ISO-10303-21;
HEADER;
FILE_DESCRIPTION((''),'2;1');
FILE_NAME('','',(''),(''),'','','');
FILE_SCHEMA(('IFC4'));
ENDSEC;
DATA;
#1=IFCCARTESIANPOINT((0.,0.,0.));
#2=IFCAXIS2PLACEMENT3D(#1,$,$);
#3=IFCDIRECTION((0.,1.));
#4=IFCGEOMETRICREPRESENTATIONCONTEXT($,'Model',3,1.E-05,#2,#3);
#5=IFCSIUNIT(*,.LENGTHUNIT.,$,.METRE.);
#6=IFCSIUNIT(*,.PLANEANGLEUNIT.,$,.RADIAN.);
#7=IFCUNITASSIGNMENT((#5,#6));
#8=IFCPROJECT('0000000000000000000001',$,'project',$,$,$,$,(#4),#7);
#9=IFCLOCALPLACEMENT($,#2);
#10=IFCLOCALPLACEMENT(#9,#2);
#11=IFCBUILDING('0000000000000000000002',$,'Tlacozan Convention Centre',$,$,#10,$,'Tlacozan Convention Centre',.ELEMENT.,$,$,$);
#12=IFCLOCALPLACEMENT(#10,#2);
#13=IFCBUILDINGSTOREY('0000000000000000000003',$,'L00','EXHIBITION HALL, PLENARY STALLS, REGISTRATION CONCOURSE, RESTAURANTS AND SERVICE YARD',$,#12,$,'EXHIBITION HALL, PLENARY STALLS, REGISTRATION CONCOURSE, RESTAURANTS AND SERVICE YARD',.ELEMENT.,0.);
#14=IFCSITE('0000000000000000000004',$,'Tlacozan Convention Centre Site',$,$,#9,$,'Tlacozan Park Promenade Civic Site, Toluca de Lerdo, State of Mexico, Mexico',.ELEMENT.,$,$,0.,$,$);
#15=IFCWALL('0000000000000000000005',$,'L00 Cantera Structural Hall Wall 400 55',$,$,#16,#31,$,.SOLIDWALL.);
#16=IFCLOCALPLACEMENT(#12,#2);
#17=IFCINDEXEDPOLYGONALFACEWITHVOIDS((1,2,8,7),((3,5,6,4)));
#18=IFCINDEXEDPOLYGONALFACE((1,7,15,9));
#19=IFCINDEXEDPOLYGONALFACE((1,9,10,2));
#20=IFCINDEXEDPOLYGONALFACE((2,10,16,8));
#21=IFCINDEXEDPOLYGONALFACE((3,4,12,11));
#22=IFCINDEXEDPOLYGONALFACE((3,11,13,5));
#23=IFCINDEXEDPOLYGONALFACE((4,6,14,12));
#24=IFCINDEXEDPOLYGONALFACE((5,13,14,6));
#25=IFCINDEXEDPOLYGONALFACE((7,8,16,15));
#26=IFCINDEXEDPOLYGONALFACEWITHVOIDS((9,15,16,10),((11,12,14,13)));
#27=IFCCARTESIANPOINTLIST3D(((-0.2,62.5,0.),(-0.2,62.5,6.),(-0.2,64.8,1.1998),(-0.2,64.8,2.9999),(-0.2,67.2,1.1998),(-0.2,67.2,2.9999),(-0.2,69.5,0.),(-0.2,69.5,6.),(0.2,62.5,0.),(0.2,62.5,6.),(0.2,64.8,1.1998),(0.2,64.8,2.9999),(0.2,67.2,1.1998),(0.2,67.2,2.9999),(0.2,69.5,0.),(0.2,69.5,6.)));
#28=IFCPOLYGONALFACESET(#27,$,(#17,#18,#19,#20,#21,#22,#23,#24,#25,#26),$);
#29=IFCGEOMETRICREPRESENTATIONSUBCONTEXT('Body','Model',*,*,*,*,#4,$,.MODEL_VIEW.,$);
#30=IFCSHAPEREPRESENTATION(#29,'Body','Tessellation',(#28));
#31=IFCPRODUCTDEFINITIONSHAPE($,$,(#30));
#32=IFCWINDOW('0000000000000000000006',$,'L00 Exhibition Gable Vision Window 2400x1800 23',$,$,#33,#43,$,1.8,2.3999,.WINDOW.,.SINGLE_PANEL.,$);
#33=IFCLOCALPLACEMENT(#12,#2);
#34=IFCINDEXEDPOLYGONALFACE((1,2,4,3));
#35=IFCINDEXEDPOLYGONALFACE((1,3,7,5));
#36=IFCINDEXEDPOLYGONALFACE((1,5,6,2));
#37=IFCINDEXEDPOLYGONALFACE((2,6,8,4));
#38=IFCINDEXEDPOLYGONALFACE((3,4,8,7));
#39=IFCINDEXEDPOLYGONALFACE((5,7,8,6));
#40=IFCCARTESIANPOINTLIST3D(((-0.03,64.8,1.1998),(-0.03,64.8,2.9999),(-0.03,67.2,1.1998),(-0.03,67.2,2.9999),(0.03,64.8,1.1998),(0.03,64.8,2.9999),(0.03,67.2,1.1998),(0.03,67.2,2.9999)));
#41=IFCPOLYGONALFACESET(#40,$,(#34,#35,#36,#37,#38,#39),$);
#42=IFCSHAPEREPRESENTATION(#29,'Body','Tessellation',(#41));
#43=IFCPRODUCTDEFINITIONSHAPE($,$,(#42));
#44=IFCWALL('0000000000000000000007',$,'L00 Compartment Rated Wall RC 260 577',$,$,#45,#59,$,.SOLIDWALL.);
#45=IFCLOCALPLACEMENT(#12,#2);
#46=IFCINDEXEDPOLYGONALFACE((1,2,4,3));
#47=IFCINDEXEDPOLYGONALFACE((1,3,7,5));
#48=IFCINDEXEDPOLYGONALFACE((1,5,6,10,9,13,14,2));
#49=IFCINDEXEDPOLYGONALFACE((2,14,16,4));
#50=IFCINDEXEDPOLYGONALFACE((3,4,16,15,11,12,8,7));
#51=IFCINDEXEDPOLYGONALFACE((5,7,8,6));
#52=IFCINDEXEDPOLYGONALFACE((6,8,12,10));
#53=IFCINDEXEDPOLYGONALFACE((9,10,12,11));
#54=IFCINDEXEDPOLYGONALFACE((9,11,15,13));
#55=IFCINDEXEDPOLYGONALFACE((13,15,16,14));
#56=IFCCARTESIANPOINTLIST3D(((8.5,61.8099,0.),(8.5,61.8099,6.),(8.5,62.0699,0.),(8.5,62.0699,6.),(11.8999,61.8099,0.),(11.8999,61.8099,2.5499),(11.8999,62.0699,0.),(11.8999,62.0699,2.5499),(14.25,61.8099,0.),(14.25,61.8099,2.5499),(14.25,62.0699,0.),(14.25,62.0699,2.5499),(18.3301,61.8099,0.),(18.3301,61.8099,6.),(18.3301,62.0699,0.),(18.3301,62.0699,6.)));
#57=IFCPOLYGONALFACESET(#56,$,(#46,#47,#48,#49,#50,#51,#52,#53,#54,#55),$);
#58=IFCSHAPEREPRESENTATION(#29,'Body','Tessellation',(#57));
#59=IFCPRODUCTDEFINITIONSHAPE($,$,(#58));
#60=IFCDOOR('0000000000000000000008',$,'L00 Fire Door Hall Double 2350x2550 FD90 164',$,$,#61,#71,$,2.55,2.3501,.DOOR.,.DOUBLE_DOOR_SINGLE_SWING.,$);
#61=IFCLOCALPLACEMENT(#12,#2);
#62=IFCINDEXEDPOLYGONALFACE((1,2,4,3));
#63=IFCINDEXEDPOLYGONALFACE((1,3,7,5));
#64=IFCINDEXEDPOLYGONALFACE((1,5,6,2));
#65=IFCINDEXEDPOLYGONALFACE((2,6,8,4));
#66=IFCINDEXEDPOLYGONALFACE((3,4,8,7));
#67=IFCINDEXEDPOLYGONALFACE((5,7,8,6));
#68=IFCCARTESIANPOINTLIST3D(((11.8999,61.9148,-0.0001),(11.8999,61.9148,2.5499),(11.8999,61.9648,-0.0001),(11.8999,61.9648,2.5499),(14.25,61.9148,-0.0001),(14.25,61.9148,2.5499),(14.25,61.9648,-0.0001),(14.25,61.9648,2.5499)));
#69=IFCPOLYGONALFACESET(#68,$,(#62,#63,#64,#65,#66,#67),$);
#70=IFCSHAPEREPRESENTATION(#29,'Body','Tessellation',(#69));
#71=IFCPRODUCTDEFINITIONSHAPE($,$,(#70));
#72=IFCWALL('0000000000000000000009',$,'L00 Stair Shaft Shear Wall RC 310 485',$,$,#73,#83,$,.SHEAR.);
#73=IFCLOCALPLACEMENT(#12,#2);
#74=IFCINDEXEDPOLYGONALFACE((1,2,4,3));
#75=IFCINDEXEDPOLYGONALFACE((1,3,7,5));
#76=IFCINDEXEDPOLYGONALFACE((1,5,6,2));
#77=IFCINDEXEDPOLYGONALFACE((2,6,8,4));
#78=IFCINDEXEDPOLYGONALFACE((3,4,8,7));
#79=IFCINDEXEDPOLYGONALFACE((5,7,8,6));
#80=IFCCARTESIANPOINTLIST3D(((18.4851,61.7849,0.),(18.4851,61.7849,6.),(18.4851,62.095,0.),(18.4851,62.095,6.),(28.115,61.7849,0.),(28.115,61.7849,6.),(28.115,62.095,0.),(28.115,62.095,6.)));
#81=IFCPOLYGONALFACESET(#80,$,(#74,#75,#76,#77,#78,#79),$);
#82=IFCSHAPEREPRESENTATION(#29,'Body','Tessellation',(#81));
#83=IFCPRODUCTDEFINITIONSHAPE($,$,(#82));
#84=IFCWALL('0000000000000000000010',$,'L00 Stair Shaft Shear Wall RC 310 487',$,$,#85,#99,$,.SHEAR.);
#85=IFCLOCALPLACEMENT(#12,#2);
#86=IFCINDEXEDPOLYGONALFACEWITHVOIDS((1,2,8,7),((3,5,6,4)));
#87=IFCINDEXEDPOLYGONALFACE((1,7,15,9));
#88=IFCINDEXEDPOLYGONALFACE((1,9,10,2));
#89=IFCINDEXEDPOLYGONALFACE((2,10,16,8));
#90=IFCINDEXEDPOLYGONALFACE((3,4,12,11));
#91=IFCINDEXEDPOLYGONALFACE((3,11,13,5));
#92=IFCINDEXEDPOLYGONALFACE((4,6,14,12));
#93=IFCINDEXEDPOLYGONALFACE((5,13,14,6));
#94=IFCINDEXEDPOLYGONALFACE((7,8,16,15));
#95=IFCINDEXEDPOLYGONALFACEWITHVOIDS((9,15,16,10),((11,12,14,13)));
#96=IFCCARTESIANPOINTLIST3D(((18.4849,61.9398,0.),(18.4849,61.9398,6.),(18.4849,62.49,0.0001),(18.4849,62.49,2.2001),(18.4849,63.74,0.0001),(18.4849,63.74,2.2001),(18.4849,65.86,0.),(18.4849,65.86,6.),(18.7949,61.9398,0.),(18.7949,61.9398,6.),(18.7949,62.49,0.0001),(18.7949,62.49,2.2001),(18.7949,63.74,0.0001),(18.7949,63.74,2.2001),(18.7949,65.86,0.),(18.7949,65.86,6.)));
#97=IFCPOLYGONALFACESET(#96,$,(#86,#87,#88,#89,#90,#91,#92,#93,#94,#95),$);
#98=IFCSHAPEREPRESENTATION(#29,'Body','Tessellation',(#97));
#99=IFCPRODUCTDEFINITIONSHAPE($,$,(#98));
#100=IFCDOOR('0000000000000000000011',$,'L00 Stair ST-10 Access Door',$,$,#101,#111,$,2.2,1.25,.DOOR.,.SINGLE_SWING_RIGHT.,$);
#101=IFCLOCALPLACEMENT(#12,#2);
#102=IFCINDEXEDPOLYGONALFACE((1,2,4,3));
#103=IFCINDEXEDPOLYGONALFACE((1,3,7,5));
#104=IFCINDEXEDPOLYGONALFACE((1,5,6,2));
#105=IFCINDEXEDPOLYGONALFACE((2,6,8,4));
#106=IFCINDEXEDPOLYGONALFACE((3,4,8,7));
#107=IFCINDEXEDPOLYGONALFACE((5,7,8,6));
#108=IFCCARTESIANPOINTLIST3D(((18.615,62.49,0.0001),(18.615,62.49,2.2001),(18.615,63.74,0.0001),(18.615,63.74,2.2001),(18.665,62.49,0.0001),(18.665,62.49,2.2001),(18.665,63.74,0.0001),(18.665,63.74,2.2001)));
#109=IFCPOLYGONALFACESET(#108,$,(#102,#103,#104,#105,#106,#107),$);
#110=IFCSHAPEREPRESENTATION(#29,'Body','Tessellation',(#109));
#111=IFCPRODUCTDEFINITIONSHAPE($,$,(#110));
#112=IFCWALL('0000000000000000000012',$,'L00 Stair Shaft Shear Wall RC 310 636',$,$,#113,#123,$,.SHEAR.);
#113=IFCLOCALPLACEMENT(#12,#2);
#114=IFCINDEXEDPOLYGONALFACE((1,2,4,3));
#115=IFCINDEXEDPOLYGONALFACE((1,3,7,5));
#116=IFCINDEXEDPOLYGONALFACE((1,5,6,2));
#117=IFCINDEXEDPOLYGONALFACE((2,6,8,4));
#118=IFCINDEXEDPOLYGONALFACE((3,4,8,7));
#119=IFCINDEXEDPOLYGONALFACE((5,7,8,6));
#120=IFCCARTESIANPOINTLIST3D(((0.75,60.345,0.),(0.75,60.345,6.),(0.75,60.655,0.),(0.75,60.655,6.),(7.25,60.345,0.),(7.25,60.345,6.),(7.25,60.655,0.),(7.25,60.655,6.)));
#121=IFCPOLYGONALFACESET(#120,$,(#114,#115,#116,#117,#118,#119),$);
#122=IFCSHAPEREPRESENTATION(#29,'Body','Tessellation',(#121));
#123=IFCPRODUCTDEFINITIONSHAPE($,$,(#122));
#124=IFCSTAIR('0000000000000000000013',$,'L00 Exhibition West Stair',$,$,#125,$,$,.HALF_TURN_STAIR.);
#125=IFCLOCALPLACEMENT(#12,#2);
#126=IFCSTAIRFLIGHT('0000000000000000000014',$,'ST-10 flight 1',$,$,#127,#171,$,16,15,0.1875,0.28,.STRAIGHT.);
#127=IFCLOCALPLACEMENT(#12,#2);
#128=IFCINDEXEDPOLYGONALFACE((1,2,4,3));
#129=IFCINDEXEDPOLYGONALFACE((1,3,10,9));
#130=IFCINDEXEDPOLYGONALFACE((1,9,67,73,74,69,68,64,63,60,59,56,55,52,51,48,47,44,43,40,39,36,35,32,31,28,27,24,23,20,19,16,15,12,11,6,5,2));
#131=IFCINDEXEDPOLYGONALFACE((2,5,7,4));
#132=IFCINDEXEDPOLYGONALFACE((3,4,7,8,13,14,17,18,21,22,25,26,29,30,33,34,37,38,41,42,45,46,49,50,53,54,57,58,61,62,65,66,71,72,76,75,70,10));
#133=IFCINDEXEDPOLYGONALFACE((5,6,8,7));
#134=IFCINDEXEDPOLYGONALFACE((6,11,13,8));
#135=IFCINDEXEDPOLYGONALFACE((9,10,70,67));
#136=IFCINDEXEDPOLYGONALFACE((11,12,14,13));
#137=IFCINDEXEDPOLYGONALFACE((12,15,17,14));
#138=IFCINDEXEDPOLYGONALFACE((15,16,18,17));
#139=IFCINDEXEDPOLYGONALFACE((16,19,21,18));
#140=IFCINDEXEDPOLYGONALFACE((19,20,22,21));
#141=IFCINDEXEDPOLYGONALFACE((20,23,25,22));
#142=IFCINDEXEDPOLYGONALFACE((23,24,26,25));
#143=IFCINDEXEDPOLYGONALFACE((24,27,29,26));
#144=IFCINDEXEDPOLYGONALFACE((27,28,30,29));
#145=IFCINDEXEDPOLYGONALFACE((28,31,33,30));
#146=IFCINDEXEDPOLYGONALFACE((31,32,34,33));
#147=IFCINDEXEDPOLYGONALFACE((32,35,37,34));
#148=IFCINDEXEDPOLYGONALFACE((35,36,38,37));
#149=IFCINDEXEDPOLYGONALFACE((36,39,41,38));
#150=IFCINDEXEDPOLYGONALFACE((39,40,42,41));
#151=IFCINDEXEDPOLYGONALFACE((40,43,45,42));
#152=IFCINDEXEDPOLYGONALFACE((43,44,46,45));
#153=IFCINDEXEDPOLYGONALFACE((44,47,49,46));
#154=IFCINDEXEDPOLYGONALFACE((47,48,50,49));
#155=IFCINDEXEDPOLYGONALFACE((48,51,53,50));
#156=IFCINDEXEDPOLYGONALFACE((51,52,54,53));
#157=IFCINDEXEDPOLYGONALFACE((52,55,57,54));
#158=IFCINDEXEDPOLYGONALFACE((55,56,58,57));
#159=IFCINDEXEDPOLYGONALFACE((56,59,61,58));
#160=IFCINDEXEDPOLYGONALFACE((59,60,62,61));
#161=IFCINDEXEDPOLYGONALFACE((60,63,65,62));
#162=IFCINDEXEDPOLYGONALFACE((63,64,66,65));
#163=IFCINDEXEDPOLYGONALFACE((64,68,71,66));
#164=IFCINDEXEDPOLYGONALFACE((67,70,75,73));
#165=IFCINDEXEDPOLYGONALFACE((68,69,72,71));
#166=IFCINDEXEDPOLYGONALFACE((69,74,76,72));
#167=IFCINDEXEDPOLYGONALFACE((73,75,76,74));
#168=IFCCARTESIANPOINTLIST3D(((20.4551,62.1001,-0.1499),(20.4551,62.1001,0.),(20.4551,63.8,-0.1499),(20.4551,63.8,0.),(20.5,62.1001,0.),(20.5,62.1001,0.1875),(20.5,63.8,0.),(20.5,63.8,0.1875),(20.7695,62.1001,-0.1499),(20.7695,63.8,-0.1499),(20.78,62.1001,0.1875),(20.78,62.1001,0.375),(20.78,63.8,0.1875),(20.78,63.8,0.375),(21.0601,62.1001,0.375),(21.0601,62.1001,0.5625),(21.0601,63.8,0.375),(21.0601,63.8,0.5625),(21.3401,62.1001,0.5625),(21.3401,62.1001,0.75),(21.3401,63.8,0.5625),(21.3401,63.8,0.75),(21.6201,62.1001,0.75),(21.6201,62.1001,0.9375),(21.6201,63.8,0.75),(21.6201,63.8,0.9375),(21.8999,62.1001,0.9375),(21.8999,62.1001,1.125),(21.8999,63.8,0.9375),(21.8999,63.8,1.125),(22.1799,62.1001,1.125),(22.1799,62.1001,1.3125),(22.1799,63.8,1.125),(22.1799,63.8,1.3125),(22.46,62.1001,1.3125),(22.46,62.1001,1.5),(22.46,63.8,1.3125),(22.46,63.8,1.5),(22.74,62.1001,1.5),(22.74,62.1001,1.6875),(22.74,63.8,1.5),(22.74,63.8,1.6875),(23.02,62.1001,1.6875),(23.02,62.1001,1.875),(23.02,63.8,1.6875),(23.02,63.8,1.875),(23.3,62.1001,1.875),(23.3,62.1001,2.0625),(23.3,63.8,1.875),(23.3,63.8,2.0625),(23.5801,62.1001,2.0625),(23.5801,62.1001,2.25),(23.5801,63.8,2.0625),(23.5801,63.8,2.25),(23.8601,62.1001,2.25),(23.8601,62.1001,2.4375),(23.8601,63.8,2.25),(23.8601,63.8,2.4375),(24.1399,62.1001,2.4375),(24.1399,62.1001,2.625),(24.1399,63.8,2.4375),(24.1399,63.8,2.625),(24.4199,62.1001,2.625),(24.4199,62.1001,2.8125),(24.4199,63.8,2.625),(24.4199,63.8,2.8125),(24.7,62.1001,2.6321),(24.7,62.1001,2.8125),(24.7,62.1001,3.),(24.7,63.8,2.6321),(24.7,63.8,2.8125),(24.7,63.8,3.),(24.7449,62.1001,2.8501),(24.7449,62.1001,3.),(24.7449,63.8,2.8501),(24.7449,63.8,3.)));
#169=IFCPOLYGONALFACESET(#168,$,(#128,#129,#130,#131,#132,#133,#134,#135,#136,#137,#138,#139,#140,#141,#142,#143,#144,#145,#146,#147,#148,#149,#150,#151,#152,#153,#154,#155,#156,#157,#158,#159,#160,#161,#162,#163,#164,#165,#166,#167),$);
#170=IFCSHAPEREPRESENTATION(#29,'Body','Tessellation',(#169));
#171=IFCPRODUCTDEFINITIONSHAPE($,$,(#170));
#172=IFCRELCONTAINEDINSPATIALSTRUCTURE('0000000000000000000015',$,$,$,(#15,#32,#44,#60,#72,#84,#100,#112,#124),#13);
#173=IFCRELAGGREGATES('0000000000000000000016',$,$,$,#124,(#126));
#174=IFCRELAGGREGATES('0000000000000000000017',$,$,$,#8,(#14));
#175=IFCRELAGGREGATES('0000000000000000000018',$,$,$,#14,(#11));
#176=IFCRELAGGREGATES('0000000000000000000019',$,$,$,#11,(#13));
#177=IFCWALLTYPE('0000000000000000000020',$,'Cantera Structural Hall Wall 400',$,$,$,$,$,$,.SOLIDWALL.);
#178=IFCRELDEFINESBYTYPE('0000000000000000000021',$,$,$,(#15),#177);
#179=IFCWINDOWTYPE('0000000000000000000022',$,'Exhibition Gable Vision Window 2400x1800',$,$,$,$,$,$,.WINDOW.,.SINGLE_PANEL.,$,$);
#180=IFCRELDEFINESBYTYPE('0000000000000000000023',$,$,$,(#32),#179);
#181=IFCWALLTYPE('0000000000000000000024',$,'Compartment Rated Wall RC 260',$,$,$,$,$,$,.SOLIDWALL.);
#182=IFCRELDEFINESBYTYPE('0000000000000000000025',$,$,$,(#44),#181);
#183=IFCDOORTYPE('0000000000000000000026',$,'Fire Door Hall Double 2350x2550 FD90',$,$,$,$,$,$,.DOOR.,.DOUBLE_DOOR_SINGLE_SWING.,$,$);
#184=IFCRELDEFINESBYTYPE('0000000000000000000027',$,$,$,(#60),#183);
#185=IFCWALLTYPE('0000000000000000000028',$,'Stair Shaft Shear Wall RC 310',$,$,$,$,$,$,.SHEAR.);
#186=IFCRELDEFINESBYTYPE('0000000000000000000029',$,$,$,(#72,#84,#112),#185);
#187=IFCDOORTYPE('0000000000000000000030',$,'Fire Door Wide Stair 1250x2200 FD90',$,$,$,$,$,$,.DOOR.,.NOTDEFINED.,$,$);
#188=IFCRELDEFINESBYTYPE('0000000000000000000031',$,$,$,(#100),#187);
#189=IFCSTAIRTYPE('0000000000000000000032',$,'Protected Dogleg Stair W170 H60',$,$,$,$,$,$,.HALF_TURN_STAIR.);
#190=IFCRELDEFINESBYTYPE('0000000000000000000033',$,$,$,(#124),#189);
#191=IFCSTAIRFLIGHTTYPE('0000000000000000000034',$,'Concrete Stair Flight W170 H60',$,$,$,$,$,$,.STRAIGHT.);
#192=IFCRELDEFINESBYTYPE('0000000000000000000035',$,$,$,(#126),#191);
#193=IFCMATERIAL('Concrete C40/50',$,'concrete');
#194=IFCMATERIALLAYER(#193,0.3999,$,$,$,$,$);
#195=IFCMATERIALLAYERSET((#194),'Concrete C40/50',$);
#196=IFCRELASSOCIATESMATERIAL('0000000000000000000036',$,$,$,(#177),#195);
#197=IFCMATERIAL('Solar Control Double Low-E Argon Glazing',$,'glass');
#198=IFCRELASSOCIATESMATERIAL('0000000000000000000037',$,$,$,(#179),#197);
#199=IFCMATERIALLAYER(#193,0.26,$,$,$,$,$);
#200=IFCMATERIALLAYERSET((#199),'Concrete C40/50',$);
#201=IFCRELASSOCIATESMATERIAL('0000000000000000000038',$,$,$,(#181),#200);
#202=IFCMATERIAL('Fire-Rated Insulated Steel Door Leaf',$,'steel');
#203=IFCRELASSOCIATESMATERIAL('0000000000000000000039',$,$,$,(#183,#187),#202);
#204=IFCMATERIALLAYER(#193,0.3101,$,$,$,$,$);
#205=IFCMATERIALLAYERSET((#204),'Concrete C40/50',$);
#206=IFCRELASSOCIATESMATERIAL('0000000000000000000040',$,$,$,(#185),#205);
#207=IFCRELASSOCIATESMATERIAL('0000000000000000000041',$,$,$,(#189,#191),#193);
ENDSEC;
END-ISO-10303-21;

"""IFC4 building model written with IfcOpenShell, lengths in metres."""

from ifc_helpers import new_model, si_unit, direction, frame, frame_2d, origin, place, context, subcontext, project, spatial, polyline, rectangle, outline, extrude, material, layer, layer_set, type_object, element, fill, aggregate, save


model = new_model("IFC4")

# Units and contexts
model_context = context("Model", 3, precision=1e-05, world=origin(), true_north=direction((0.0, 1.0)))
body_context = subcontext(model_context, "Body", "Model", "MODEL_VIEW")
ifc_project = project(units=[si_unit("LENGTHUNIT", "METRE"), si_unit("PLANEANGLEUNIT", "RADIAN")], contexts=[model_context])

# Site, building, storey
site_placement = place(None, origin())
site = spatial("IfcSite", under=ifc_project, at=site_placement, Name="Tlacozan Convention Centre Site", LongName="Tlacozan Park Promenade Civic Site, Toluca de Lerdo, State of Mexico, Mexico", CompositionType="ELEMENT", RefElevation=0.0)
building_placement = place(site_placement, origin())
building = spatial("IfcBuilding", under=site, at=building_placement, Name="Tlacozan Convention Centre", LongName="Tlacozan Convention Centre", CompositionType="ELEMENT")
storey_placement = place(building_placement, origin())
storey = spatial("IfcBuildingStorey", under=building, at=storey_placement, Name="L00", Description="EXHIBITION HALL, PLENARY STALLS, REGISTRATION CONCOURSE, RESTAURANTS AND SERVICE YARD", LongName="EXHIBITION HALL, PLENARY STALLS, REGISTRATION CONCOURSE, RESTAURANTS AND SERVICE YARD", CompositionType="ELEMENT", Elevation=0.0)

# Shared definitions
ifc_material_1 = material(Name="Concrete C40/50", Category="concrete")

# Wall, opening, window
ifc_layer_1 = layer(ifc_material_1, 0.3999)
ifc_layer_set_1 = layer_set([ifc_layer_1], Name="Concrete C40/50")
wall_type_1 = type_object("IfcWallType", Name="Cantera Structural Hall Wall 400", PredefinedType="SOLIDWALL", material=ifc_layer_set_1)
wall_1_placement = place(storey_placement, frame((0.0, 62.5, 0.0), z_axis=(0.0, 0.0, 1.0), x_axis=(0.0, 1.0, 0.0)))
wall_1 = element("IfcWall", 1, at=wall_1_placement, inside=storey, type_object=wall_type_1, Name="L00 Cantera Structural Hall Wall 400 55", PredefinedType="SOLIDWALL", context=body_context, shape_type="SweptSolid", body=[
    extrude(rectangle(XDim=7.0, YDim=0.3999, at=frame_2d((3.5, 0.0))), origin(), (0.0, 0.0, 1.0), 6.0),
])
opening_1_placement = place(wall_1_placement, frame((2.3, 0.0, 1.2)))
opening_1 = element("IfcOpeningElement", 2, at=opening_1_placement, cuts=wall_1, PredefinedType="OPENING", context=body_context, shape_type="SweptSolid", body=[
    extrude(rectangle(XDim=2.3999, YDim=1.8, at=frame_2d((1.2, 0.8999))), frame((0.0, 0.21, 0.0), z_axis=(0.0, -1.0, 0.0), x_axis=(1.0, 0.0, 0.0)), (0.0, 0.0, 1.0), 0.4199),
])
ifc_material_2 = material(Name="Solar Control Double Low-E Argon Glazing", Category="glass")
window_type = type_object("IfcWindowType", Name="Exhibition Gable Vision Window 2400x1800", PartitioningType="SINGLE_PANEL", PredefinedType="WINDOW", material=ifc_material_2)
window_placement = place(opening_1_placement, origin())
window = element("IfcWindow", 3, at=window_placement, inside=storey, type_object=window_type, Name="L00 Exhibition Gable Vision Window 2400x1800 23", OverallHeight=1.8, OverallWidth=2.3999, PartitioningType="SINGLE_PANEL", PredefinedType="WINDOW", context=body_context, shape_type="SweptSolid", body=[
    extrude(rectangle(XDim=2.3999, YDim=1.8, at=frame_2d((1.2, 0.8999))), frame((0.0, 0.03, 0.0), z_axis=(0.0, -1.0, 0.0), x_axis=(1.0, 0.0, 0.0)), (0.0, 0.0, 1.0), 0.0601),
])
fill(opening_1, window)

# Wall, opening, door
ifc_layer_2 = layer(ifc_material_1, 0.26)
ifc_layer_set_2 = layer_set([ifc_layer_2], Name="Concrete C40/50")
wall_type_2 = type_object("IfcWallType", Name="Compartment Rated Wall RC 260", PredefinedType="SOLIDWALL", material=ifc_layer_set_2)
wall_2_placement = place(storey_placement, frame((8.5, 61.9399, 0.0), z_axis=(0.0, 0.0, 1.0), x_axis=(1.0, 0.0, 0.0)))
wall_2 = element("IfcWall", 4, at=wall_2_placement, inside=storey, type_object=wall_type_2, Name="L00 Compartment Rated Wall RC 260 577", PredefinedType="SOLIDWALL", context=body_context, shape_type="SweptSolid", body=[
    extrude(rectangle(XDim=9.8301, YDim=0.26, at=frame_2d((4.915, 0.0))), origin(), (0.0, 0.0, 1.0), 6.0),
])
opening_2_placement = place(wall_2_placement, frame((3.3999, 0.0, 0.0)))
opening_2 = element("IfcOpeningElement", 5, at=opening_2_placement, cuts=wall_2, PredefinedType="OPENING", context=body_context, shape_type="SweptSolid", body=[
    extrude(rectangle(XDim=2.3501, YDim=2.55, at=frame_2d((1.175, 1.2749))), frame((0.0, 0.1399, 0.0), z_axis=(0.0, -1.0, 0.0), x_axis=(1.0, 0.0, 0.0)), (0.0, 0.0, 1.0), 0.28),
])
ifc_material_3 = material(Name="Fire-Rated Insulated Steel Door Leaf", Category="steel")
door_type_1 = type_object("IfcDoorType", Name="Fire Door Hall Double 2350x2550 FD90", OperationType="DOUBLE_DOOR_SINGLE_SWING", PredefinedType="DOOR", material=ifc_material_3)
door_1_placement = place(opening_2_placement, origin())
door_1 = element("IfcDoor", 6, at=door_1_placement, inside=storey, type_object=door_type_1, Name="L00 Fire Door Hall Double 2350x2550 FD90 164", OperationType="DOUBLE_DOOR_SINGLE_SWING", OverallHeight=2.55, OverallWidth=2.3501, PredefinedType="DOOR", context=body_context, shape_type="SweptSolid", body=[
    extrude(rectangle(XDim=2.3501, YDim=2.55, at=frame_2d((1.175, 1.2749))), frame((0.0, 0.0249, 0.0), z_axis=(0.0, -1.0, 0.0), x_axis=(1.0, 0.0, 0.0)), (0.0, 0.0, 1.0), 0.05),
])
fill(opening_2, door_1)

# Wall
ifc_layer_3 = layer(ifc_material_1, 0.3101)
ifc_layer_set_3 = layer_set([ifc_layer_3], Name="Concrete C40/50")
wall_type_3 = type_object("IfcWallType", Name="Stair Shaft Shear Wall RC 310", PredefinedType="SHEAR", material=ifc_layer_set_3)
wall_3_placement = place(storey_placement, frame((18.4851, 61.9399, 0.0), z_axis=(0.0, 0.0, 1.0), x_axis=(1.0, 0.0, 0.0)))
element("IfcWall", 7, at=wall_3_placement, inside=storey, type_object=wall_type_3, Name="L00 Stair Shaft Shear Wall RC 310 485", PredefinedType="SHEAR", context=body_context, shape_type="SweptSolid", body=[
    extrude(rectangle(XDim=9.6299, YDim=0.3101, at=frame_2d((4.8149, 0.0))), origin(), (0.0, 0.0, 1.0), 6.0),
])

# Wall, opening, door
wall_4_placement = place(storey_placement, frame((18.6399, 61.9399, 0.0), z_axis=(0.0, 0.0, 1.0), x_axis=(0.0, 1.0, 0.0)))
wall_4 = element("IfcWall", 8, at=wall_4_placement, inside=storey, type_object=wall_type_3, Name="L00 Stair Shaft Shear Wall RC 310 487", PredefinedType="SHEAR", context=body_context, shape_type="SweptSolid", body=[
    extrude(rectangle(XDim=3.9202, YDim=0.3101, at=frame_2d((1.96, 0.0))), origin(), (0.0, 0.0, 1.0), 6.0),
])
opening_3_placement = place(wall_4_placement, frame((0.55, 0.0, 0.0)))
opening_3 = element("IfcOpeningElement", 9, at=opening_3_placement, cuts=wall_4, PredefinedType="OPENING", context=body_context, shape_type="SweptSolid", body=[
    extrude(rectangle(XDim=1.25, YDim=2.2, at=frame_2d((0.625, 1.1001))), frame((0.0, 0.165, 0.0), z_axis=(0.0, -1.0, 0.0), x_axis=(1.0, 0.0, 0.0)), (0.0, 0.0, 1.0), 0.3301),
])
door_type_2 = type_object("IfcDoorType", Name="Fire Door Wide Stair 1250x2200 FD90", OperationType="NOTDEFINED", PredefinedType="DOOR", material=ifc_material_3)
door_2_placement = place(opening_3_placement, origin())
door_2 = element("IfcDoor", 10, at=door_2_placement, inside=storey, type_object=door_type_2, Name="L00 Stair ST-10 Access Door", OperationType="SINGLE_SWING_RIGHT", OverallHeight=2.2, OverallWidth=1.25, PredefinedType="DOOR", context=body_context, shape_type="SweptSolid", body=[
    extrude(rectangle(XDim=1.25, YDim=2.2, at=frame_2d((0.625, 1.1001))), frame((0.0, 0.0249, 0.0), z_axis=(0.0, -1.0, 0.0), x_axis=(1.0, 0.0, 0.0)), (0.0, 0.0, 1.0), 0.05),
])
fill(opening_3, door_2)

# Wall
wall_5_placement = place(storey_placement, frame((0.75, 60.5, 0.0), z_axis=(0.0, 0.0, 1.0), x_axis=(1.0, 0.0, 0.0)))
element("IfcWall", 11, at=wall_5_placement, inside=storey, type_object=wall_type_3, Name="L00 Stair Shaft Shear Wall RC 310 636", PredefinedType="SHEAR", context=body_context, shape_type="SweptSolid", body=[
    extrude(rectangle(XDim=6.5, YDim=0.3101, at=frame_2d((3.25, 0.0))), origin(), (0.0, 0.0, 1.0), 6.0),
])

# Stair, stair flight
stair_type = type_object("IfcStairType", Name="Protected Dogleg Stair W170 H60", PredefinedType="HALF_TURN_STAIR", material=ifc_material_1)
stair_placement = place(storey_placement, origin())
stair = element("IfcStair", 12, at=stair_placement, inside=storey, type_object=stair_type, Name="L00 Exhibition West Stair", PredefinedType="HALF_TURN_STAIR")
stair_flight_type = type_object("IfcStairFlightType", Name="Concrete Stair Flight W170 H60", PredefinedType="STRAIGHT", material=ifc_material_1)
stair_flight_1_placement = place(storey_placement, frame((20.5, 62.95, 0.0), z_axis=(0.0, 0.0, 1.0), x_axis=(1.0, 0.0, 0.0)))
stair_flight_1 = element("IfcStairFlight", 13, at=stair_flight_1_placement, type_object=stair_flight_type, Name="ST-10 flight 1", NumberOfRisers=16, NumberOfTreads=15, PredefinedType="STRAIGHT", RiserHeight=0.1875, TreadLength=0.28, context=body_context, shape_type="SweptSolid", body=[
    extrude(outline(polyline([(-0.0449, -0.1499), (-0.0449, 0.0), (0.0, 0.0), (0.0, 0.1875), (0.28, 0.1875), (0.28, 0.375), (0.5601, 0.375), (0.5601, 0.5625), (0.8401, 0.5625), (0.8401, 0.75), (1.1201, 0.75), (1.1201, 0.9375), (1.3999, 0.9375), (1.3999, 1.125), (1.6799, 1.125), (1.6799, 1.3125), (1.96, 1.3125), (1.96, 1.5), (2.24, 1.5), (2.24, 1.6875), (2.52, 1.6875), (2.52, 1.875), (2.8, 1.875), (2.8, 2.0625), (3.0801, 2.0625), (3.0801, 2.25), (3.3601, 2.25), (3.3601, 2.4375), (3.6399, 2.4375), (3.6399, 2.625), (3.9199, 2.625), (3.9199, 2.8125), (4.2, 2.8125), (4.2, 3.0), (4.2449, 3.0), (4.2449, 2.8501), (4.2, 2.6321), (0.2695, -0.1499), (-0.0449, -0.1499)])), frame((0.0, 0.8501, 0.0), z_axis=(0.0, -1.0, 0.0), x_axis=(1.0, 0.0, 0.0)), (0.0, 0.0, 1.0), 1.7),
])
aggregate(stair, [stair_flight_1])

save(model, "model.ifc")
